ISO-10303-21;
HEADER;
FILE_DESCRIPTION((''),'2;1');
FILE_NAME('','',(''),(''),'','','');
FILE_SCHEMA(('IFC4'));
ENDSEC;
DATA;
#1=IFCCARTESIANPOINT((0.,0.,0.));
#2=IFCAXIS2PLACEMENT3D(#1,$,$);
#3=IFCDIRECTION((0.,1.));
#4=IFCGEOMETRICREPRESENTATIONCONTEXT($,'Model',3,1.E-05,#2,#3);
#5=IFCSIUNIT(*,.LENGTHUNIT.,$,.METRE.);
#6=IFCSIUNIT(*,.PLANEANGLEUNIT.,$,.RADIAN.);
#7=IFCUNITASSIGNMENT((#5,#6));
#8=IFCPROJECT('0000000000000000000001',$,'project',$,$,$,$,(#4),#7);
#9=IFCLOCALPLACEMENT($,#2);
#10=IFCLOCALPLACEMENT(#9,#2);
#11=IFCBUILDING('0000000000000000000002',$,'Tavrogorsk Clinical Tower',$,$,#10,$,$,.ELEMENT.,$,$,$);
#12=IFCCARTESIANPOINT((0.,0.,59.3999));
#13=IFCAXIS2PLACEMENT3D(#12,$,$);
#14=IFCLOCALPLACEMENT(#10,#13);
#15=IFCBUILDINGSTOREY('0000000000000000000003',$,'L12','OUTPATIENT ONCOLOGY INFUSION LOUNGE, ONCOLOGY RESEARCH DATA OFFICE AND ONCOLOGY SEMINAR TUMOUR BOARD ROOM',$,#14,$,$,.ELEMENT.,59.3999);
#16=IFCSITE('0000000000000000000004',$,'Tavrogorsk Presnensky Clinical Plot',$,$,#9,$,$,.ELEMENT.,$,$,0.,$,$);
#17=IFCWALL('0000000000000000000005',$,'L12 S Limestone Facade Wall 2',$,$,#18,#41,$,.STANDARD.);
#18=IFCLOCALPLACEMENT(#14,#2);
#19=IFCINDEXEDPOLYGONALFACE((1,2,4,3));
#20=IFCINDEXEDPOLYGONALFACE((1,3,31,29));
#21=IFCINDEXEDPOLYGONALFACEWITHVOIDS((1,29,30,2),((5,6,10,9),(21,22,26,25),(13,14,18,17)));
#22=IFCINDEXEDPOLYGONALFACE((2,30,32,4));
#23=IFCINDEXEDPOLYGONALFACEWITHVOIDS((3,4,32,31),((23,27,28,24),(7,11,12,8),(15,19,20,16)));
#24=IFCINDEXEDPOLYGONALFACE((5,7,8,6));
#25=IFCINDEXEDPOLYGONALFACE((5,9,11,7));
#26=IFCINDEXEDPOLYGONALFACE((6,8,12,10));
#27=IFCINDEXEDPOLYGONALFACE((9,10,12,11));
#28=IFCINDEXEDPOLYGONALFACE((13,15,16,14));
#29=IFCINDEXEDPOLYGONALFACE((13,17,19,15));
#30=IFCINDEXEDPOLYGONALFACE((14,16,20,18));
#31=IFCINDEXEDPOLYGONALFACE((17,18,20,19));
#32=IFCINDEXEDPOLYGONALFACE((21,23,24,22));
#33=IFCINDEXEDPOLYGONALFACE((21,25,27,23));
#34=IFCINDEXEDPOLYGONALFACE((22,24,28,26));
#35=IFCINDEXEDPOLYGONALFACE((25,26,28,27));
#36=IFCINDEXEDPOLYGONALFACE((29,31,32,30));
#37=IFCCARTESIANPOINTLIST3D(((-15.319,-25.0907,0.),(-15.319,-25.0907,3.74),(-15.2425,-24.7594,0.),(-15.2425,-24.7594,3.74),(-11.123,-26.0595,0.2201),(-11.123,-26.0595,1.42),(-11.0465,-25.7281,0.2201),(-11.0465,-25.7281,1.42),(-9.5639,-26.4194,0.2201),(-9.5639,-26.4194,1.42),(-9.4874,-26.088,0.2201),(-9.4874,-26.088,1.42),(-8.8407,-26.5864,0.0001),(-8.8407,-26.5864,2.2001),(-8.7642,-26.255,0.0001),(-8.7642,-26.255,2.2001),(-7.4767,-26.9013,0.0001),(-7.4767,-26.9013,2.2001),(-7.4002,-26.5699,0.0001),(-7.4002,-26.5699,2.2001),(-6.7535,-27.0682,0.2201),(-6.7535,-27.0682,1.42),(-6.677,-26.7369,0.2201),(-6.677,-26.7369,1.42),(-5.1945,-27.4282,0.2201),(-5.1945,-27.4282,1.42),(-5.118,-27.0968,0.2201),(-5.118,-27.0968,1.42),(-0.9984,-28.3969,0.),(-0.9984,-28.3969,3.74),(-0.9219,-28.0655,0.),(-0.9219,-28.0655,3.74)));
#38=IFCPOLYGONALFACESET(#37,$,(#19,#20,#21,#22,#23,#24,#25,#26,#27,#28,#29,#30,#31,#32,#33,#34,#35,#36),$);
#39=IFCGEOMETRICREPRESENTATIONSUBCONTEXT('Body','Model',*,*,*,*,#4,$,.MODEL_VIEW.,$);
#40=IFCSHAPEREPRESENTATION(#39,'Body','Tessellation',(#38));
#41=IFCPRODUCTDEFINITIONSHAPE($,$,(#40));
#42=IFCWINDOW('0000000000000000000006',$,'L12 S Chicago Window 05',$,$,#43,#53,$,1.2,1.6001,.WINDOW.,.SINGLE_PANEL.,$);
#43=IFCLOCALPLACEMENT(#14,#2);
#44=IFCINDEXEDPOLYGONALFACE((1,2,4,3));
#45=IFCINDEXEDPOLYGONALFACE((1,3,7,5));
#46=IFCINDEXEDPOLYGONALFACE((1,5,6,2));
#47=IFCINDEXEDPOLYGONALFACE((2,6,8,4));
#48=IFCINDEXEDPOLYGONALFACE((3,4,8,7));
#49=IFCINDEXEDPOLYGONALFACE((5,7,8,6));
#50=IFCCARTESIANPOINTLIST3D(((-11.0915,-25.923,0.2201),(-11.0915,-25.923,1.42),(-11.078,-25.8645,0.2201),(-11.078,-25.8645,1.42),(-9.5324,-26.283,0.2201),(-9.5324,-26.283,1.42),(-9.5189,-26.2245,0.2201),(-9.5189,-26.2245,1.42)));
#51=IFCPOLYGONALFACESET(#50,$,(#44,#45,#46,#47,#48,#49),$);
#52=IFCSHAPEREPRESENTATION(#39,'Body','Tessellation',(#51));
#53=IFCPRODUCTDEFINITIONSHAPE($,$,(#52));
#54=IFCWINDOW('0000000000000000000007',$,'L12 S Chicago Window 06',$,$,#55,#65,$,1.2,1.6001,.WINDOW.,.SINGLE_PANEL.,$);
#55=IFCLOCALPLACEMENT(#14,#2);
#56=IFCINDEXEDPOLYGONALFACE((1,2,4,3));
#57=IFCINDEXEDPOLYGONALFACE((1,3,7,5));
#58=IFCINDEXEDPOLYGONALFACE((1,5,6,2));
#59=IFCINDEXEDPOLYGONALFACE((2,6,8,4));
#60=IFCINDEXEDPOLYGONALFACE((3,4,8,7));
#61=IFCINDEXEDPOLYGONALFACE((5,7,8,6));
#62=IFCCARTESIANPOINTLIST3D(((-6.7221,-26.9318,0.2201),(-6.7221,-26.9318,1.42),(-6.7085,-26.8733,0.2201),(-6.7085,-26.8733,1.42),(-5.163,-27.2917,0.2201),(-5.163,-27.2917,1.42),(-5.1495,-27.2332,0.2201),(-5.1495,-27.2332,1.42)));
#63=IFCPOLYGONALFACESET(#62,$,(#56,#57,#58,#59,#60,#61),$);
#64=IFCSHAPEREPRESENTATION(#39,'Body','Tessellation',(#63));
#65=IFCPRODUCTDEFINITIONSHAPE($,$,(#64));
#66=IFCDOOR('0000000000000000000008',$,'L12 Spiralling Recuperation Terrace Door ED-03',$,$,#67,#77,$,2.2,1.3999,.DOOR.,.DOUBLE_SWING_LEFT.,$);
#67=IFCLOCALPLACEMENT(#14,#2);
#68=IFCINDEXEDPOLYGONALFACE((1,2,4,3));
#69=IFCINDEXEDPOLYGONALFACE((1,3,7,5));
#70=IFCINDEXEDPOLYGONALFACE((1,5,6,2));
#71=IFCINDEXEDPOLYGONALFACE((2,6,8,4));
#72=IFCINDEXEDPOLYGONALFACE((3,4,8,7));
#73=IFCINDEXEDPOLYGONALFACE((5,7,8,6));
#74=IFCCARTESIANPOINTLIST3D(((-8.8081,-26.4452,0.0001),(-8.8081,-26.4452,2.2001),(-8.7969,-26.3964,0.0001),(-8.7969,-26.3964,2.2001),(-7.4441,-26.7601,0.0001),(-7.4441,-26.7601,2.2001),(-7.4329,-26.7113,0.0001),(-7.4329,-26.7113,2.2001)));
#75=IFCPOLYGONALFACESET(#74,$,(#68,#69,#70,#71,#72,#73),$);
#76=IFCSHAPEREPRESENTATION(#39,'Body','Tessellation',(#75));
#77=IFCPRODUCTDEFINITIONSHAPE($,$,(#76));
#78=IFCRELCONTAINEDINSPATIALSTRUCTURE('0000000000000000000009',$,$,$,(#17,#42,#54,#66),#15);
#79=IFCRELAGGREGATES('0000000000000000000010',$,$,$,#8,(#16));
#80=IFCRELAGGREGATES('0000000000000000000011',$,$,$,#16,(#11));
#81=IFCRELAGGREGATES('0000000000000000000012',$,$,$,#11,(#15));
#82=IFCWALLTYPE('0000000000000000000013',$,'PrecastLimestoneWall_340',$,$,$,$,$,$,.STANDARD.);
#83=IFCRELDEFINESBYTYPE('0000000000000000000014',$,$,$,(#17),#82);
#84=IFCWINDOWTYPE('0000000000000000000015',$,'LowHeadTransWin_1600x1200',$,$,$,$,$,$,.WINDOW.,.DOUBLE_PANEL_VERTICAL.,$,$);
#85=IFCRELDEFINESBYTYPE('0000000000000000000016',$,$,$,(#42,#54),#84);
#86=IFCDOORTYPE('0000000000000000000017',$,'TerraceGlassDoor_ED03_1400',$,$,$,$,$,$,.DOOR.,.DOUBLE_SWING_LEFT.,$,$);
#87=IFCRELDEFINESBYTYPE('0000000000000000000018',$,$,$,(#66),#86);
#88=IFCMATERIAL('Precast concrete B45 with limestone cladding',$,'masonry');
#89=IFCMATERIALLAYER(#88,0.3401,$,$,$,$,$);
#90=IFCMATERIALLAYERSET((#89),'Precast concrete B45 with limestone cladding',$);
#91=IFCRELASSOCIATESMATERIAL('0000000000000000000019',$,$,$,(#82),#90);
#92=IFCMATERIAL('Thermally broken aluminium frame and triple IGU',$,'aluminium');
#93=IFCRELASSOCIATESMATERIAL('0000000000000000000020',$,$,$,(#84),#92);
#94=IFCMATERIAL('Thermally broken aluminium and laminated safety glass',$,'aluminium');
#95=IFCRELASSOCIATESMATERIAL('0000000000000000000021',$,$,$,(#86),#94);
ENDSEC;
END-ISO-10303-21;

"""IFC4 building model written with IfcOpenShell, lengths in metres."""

from ifc_helpers import new_model, si_unit, direction, frame, frame_2d, origin, place, context, subcontext, project, spatial, rectangle, extrude, material, layer, layer_set, type_object, element, fill, save


model = new_model("IFC4")

# Units and contexts
model_context = context("Model", 3, precision=1e-05, world=origin(), true_north=direction((0.0, 1.0)))
body_context = subcontext(model_context, "Body", "Model", "MODEL_VIEW")
ifc_project = project(units=[si_unit("LENGTHUNIT", "METRE"), si_unit("PLANEANGLEUNIT", "RADIAN")], contexts=[model_context])

# Site, building, storey
site_placement = place(None, origin())
site = spatial("IfcSite", under=ifc_project, at=site_placement, Name="Tavrogorsk Presnensky Clinical Plot", CompositionType="ELEMENT", RefElevation=0.0)
building_placement = place(site_placement, origin())
building = spatial("IfcBuilding", under=site, at=building_placement, Name="Tavrogorsk Clinical Tower", CompositionType="ELEMENT")
storey_placement = place(building_placement, frame((0.0, 0.0, 59.3999)))
storey = spatial("IfcBuildingStorey", under=building, at=storey_placement, Name="L12", Description="OUTPATIENT ONCOLOGY INFUSION LOUNGE, ONCOLOGY RESEARCH DATA OFFICE AND ONCOLOGY SEMINAR TUMOUR BOARD ROOM", CompositionType="ELEMENT", Elevation=59.3999)

# Wall, openings, windows, door
ifc_material_1 = material(Name="Precast concrete B45 with limestone cladding", Category="masonry")
ifc_layer_1 = layer(ifc_material_1, 0.3401)
ifc_layer_set_1 = layer_set([ifc_layer_1], Name="Precast concrete B45 with limestone cladding")
wall_type_1 = type_object("IfcWallType", Name="PrecastLimestoneWall_340", PredefinedType="STANDARD", material=ifc_layer_set_1)
wall_1_placement = place(storey_placement, frame((-15.2808, -24.925, 0.0), z_axis=(0.0, 0.0, 1.0), x_axis=(0.97437, -0.22495, 0.0)))
wall_1 = element("IfcWall", 1, at=wall_1_placement, inside=storey, type_object=wall_type_1, Name="L12 S Limestone Facade Wall 2", PredefinedType="STANDARD", context=body_context, shape_type="SweptSolid", body=[
    extrude(rectangle(XDim=14.6973, YDim=0.3401, at=frame_2d((7.3486, 0.0))), origin(), (0.0, 0.0, 1.0), 3.74),
])
opening_1_placement = place(wall_1_placement, frame((6.6487, 0.0, 0.0)))
opening_1 = element("IfcOpeningElement", 2, at=opening_1_placement, cuts=wall_1, PredefinedType="OPENING", context=body_context, shape_type="SweptSolid", body=[
    extrude(rectangle(XDim=1.3999, YDim=2.2, at=frame_2d((0.7, 1.1001))), frame((0.0, 0.1799, 0.0), z_axis=(0.0, -1.0, 0.0), x_axis=(1.0, 0.0, 0.0)), (0.0, 0.0, 1.0), 0.3601),
])
opening_2_placement = place(wall_1_placement, frame((4.3064, 0.0, 0.22)))
opening_2 = element("IfcOpeningElement", 3, at=opening_2_placement, cuts=wall_1, PredefinedType="OPENING", context=body_context, shape_type="SweptSolid", body=[
    extrude(rectangle(XDim=1.6001, YDim=1.2, at=frame_2d((0.8, 0.6001))), frame((0.0, 0.1799, 0.0), z_axis=(0.0, -1.0, 0.0), x_axis=(1.0, 0.0, 0.0)), (0.0, 0.0, 1.0), 0.3601),
])
opening_3_placement = place(wall_1_placement, frame((8.7908, 0.0, 0.22)))
opening_3 = element("IfcOpeningElement", 4, at=opening_3_placement, cuts=wall_1, PredefinedType="OPENING", context=body_context, shape_type="SweptSolid", body=[
    extrude(rectangle(XDim=1.6001, YDim=1.2, at=frame_2d((0.8, 0.6001))), frame((0.0, 0.1799, 0.0), z_axis=(0.0, -1.0, 0.0), x_axis=(1.0, 0.0, 0.0)), (0.0, 0.0, 1.0), 0.3601),
])
ifc_material_2 = material(Name="Thermally broken aluminium frame and triple IGU", Category="aluminium")
window_type = type_object("IfcWindowType", Name="LowHeadTransWin_1600x1200", PartitioningType="DOUBLE_PANEL_VERTICAL", PredefinedType="WINDOW", material=ifc_material_2)
window_1_placement = place(opening_2_placement, origin())
window_1 = element("IfcWindow", 5, at=window_1_placement, inside=storey, type_object=window_type, Name="L12 S Chicago Window 05", OverallHeight=1.2, OverallWidth=1.6001, PartitioningType="SINGLE_PANEL", PredefinedType="WINDOW", context=body_context, shape_type="SweptSolid", body=[
    extrude(rectangle(XDim=1.6001, YDim=1.2, at=frame_2d((0.8, 0.6001))), frame((0.0, 0.03, 0.0), z_axis=(0.0, -1.0, 0.0), x_axis=(1.0, 0.0, 0.0)), (0.0, 0.0, 1.0), 0.0601),
])
fill(opening_2, window_1)
window_2_placement = place(opening_3_placement, origin())
window_2 = element("IfcWindow", 6, at=window_2_placement, inside=storey, type_object=window_type, Name="L12 S Chicago Window 06", OverallHeight=1.2, OverallWidth=1.6001, PartitioningType="SINGLE_PANEL", PredefinedType="WINDOW", context=body_context, shape_type="SweptSolid", body=[
    extrude(rectangle(XDim=1.6001, YDim=1.2, at=frame_2d((0.8, 0.6001))), frame((0.0, 0.03, 0.0), z_axis=(0.0, -1.0, 0.0), x_axis=(1.0, 0.0, 0.0)), (0.0, 0.0, 1.0), 0.0601),
])
fill(opening_3, window_2)
ifc_material_3 = material(Name="Thermally broken aluminium and laminated safety glass", Category="aluminium")
door_type_1 = type_object("IfcDoorType", Name="TerraceGlassDoor_ED03_1400", OperationType="DOUBLE_SWING_LEFT", PredefinedType="DOOR", material=ifc_material_3)
door_1_placement = place(opening_1_placement, origin())
door_1 = element("IfcDoor", 7, at=door_1_placement, inside=storey, type_object=door_type_1, Name="L12 Spiralling Recuperation Terrace Door ED-03", OperationType="DOUBLE_SWING_LEFT", OverallHeight=2.2, OverallWidth=1.3999, PredefinedType="DOOR", context=body_context, shape_type="SweptSolid", body=[
    extrude(rectangle(XDim=1.3999, YDim=2.2, at=frame_2d((0.7, 1.1001))), frame((0.0, 0.0249, 0.0), z_axis=(0.0, -1.0, 0.0), x_axis=(1.0, 0.0, 0.0)), (0.0, 0.0, 1.0), 0.05),
])
fill(opening_1, door_1)

save(model, "model.ifc")
